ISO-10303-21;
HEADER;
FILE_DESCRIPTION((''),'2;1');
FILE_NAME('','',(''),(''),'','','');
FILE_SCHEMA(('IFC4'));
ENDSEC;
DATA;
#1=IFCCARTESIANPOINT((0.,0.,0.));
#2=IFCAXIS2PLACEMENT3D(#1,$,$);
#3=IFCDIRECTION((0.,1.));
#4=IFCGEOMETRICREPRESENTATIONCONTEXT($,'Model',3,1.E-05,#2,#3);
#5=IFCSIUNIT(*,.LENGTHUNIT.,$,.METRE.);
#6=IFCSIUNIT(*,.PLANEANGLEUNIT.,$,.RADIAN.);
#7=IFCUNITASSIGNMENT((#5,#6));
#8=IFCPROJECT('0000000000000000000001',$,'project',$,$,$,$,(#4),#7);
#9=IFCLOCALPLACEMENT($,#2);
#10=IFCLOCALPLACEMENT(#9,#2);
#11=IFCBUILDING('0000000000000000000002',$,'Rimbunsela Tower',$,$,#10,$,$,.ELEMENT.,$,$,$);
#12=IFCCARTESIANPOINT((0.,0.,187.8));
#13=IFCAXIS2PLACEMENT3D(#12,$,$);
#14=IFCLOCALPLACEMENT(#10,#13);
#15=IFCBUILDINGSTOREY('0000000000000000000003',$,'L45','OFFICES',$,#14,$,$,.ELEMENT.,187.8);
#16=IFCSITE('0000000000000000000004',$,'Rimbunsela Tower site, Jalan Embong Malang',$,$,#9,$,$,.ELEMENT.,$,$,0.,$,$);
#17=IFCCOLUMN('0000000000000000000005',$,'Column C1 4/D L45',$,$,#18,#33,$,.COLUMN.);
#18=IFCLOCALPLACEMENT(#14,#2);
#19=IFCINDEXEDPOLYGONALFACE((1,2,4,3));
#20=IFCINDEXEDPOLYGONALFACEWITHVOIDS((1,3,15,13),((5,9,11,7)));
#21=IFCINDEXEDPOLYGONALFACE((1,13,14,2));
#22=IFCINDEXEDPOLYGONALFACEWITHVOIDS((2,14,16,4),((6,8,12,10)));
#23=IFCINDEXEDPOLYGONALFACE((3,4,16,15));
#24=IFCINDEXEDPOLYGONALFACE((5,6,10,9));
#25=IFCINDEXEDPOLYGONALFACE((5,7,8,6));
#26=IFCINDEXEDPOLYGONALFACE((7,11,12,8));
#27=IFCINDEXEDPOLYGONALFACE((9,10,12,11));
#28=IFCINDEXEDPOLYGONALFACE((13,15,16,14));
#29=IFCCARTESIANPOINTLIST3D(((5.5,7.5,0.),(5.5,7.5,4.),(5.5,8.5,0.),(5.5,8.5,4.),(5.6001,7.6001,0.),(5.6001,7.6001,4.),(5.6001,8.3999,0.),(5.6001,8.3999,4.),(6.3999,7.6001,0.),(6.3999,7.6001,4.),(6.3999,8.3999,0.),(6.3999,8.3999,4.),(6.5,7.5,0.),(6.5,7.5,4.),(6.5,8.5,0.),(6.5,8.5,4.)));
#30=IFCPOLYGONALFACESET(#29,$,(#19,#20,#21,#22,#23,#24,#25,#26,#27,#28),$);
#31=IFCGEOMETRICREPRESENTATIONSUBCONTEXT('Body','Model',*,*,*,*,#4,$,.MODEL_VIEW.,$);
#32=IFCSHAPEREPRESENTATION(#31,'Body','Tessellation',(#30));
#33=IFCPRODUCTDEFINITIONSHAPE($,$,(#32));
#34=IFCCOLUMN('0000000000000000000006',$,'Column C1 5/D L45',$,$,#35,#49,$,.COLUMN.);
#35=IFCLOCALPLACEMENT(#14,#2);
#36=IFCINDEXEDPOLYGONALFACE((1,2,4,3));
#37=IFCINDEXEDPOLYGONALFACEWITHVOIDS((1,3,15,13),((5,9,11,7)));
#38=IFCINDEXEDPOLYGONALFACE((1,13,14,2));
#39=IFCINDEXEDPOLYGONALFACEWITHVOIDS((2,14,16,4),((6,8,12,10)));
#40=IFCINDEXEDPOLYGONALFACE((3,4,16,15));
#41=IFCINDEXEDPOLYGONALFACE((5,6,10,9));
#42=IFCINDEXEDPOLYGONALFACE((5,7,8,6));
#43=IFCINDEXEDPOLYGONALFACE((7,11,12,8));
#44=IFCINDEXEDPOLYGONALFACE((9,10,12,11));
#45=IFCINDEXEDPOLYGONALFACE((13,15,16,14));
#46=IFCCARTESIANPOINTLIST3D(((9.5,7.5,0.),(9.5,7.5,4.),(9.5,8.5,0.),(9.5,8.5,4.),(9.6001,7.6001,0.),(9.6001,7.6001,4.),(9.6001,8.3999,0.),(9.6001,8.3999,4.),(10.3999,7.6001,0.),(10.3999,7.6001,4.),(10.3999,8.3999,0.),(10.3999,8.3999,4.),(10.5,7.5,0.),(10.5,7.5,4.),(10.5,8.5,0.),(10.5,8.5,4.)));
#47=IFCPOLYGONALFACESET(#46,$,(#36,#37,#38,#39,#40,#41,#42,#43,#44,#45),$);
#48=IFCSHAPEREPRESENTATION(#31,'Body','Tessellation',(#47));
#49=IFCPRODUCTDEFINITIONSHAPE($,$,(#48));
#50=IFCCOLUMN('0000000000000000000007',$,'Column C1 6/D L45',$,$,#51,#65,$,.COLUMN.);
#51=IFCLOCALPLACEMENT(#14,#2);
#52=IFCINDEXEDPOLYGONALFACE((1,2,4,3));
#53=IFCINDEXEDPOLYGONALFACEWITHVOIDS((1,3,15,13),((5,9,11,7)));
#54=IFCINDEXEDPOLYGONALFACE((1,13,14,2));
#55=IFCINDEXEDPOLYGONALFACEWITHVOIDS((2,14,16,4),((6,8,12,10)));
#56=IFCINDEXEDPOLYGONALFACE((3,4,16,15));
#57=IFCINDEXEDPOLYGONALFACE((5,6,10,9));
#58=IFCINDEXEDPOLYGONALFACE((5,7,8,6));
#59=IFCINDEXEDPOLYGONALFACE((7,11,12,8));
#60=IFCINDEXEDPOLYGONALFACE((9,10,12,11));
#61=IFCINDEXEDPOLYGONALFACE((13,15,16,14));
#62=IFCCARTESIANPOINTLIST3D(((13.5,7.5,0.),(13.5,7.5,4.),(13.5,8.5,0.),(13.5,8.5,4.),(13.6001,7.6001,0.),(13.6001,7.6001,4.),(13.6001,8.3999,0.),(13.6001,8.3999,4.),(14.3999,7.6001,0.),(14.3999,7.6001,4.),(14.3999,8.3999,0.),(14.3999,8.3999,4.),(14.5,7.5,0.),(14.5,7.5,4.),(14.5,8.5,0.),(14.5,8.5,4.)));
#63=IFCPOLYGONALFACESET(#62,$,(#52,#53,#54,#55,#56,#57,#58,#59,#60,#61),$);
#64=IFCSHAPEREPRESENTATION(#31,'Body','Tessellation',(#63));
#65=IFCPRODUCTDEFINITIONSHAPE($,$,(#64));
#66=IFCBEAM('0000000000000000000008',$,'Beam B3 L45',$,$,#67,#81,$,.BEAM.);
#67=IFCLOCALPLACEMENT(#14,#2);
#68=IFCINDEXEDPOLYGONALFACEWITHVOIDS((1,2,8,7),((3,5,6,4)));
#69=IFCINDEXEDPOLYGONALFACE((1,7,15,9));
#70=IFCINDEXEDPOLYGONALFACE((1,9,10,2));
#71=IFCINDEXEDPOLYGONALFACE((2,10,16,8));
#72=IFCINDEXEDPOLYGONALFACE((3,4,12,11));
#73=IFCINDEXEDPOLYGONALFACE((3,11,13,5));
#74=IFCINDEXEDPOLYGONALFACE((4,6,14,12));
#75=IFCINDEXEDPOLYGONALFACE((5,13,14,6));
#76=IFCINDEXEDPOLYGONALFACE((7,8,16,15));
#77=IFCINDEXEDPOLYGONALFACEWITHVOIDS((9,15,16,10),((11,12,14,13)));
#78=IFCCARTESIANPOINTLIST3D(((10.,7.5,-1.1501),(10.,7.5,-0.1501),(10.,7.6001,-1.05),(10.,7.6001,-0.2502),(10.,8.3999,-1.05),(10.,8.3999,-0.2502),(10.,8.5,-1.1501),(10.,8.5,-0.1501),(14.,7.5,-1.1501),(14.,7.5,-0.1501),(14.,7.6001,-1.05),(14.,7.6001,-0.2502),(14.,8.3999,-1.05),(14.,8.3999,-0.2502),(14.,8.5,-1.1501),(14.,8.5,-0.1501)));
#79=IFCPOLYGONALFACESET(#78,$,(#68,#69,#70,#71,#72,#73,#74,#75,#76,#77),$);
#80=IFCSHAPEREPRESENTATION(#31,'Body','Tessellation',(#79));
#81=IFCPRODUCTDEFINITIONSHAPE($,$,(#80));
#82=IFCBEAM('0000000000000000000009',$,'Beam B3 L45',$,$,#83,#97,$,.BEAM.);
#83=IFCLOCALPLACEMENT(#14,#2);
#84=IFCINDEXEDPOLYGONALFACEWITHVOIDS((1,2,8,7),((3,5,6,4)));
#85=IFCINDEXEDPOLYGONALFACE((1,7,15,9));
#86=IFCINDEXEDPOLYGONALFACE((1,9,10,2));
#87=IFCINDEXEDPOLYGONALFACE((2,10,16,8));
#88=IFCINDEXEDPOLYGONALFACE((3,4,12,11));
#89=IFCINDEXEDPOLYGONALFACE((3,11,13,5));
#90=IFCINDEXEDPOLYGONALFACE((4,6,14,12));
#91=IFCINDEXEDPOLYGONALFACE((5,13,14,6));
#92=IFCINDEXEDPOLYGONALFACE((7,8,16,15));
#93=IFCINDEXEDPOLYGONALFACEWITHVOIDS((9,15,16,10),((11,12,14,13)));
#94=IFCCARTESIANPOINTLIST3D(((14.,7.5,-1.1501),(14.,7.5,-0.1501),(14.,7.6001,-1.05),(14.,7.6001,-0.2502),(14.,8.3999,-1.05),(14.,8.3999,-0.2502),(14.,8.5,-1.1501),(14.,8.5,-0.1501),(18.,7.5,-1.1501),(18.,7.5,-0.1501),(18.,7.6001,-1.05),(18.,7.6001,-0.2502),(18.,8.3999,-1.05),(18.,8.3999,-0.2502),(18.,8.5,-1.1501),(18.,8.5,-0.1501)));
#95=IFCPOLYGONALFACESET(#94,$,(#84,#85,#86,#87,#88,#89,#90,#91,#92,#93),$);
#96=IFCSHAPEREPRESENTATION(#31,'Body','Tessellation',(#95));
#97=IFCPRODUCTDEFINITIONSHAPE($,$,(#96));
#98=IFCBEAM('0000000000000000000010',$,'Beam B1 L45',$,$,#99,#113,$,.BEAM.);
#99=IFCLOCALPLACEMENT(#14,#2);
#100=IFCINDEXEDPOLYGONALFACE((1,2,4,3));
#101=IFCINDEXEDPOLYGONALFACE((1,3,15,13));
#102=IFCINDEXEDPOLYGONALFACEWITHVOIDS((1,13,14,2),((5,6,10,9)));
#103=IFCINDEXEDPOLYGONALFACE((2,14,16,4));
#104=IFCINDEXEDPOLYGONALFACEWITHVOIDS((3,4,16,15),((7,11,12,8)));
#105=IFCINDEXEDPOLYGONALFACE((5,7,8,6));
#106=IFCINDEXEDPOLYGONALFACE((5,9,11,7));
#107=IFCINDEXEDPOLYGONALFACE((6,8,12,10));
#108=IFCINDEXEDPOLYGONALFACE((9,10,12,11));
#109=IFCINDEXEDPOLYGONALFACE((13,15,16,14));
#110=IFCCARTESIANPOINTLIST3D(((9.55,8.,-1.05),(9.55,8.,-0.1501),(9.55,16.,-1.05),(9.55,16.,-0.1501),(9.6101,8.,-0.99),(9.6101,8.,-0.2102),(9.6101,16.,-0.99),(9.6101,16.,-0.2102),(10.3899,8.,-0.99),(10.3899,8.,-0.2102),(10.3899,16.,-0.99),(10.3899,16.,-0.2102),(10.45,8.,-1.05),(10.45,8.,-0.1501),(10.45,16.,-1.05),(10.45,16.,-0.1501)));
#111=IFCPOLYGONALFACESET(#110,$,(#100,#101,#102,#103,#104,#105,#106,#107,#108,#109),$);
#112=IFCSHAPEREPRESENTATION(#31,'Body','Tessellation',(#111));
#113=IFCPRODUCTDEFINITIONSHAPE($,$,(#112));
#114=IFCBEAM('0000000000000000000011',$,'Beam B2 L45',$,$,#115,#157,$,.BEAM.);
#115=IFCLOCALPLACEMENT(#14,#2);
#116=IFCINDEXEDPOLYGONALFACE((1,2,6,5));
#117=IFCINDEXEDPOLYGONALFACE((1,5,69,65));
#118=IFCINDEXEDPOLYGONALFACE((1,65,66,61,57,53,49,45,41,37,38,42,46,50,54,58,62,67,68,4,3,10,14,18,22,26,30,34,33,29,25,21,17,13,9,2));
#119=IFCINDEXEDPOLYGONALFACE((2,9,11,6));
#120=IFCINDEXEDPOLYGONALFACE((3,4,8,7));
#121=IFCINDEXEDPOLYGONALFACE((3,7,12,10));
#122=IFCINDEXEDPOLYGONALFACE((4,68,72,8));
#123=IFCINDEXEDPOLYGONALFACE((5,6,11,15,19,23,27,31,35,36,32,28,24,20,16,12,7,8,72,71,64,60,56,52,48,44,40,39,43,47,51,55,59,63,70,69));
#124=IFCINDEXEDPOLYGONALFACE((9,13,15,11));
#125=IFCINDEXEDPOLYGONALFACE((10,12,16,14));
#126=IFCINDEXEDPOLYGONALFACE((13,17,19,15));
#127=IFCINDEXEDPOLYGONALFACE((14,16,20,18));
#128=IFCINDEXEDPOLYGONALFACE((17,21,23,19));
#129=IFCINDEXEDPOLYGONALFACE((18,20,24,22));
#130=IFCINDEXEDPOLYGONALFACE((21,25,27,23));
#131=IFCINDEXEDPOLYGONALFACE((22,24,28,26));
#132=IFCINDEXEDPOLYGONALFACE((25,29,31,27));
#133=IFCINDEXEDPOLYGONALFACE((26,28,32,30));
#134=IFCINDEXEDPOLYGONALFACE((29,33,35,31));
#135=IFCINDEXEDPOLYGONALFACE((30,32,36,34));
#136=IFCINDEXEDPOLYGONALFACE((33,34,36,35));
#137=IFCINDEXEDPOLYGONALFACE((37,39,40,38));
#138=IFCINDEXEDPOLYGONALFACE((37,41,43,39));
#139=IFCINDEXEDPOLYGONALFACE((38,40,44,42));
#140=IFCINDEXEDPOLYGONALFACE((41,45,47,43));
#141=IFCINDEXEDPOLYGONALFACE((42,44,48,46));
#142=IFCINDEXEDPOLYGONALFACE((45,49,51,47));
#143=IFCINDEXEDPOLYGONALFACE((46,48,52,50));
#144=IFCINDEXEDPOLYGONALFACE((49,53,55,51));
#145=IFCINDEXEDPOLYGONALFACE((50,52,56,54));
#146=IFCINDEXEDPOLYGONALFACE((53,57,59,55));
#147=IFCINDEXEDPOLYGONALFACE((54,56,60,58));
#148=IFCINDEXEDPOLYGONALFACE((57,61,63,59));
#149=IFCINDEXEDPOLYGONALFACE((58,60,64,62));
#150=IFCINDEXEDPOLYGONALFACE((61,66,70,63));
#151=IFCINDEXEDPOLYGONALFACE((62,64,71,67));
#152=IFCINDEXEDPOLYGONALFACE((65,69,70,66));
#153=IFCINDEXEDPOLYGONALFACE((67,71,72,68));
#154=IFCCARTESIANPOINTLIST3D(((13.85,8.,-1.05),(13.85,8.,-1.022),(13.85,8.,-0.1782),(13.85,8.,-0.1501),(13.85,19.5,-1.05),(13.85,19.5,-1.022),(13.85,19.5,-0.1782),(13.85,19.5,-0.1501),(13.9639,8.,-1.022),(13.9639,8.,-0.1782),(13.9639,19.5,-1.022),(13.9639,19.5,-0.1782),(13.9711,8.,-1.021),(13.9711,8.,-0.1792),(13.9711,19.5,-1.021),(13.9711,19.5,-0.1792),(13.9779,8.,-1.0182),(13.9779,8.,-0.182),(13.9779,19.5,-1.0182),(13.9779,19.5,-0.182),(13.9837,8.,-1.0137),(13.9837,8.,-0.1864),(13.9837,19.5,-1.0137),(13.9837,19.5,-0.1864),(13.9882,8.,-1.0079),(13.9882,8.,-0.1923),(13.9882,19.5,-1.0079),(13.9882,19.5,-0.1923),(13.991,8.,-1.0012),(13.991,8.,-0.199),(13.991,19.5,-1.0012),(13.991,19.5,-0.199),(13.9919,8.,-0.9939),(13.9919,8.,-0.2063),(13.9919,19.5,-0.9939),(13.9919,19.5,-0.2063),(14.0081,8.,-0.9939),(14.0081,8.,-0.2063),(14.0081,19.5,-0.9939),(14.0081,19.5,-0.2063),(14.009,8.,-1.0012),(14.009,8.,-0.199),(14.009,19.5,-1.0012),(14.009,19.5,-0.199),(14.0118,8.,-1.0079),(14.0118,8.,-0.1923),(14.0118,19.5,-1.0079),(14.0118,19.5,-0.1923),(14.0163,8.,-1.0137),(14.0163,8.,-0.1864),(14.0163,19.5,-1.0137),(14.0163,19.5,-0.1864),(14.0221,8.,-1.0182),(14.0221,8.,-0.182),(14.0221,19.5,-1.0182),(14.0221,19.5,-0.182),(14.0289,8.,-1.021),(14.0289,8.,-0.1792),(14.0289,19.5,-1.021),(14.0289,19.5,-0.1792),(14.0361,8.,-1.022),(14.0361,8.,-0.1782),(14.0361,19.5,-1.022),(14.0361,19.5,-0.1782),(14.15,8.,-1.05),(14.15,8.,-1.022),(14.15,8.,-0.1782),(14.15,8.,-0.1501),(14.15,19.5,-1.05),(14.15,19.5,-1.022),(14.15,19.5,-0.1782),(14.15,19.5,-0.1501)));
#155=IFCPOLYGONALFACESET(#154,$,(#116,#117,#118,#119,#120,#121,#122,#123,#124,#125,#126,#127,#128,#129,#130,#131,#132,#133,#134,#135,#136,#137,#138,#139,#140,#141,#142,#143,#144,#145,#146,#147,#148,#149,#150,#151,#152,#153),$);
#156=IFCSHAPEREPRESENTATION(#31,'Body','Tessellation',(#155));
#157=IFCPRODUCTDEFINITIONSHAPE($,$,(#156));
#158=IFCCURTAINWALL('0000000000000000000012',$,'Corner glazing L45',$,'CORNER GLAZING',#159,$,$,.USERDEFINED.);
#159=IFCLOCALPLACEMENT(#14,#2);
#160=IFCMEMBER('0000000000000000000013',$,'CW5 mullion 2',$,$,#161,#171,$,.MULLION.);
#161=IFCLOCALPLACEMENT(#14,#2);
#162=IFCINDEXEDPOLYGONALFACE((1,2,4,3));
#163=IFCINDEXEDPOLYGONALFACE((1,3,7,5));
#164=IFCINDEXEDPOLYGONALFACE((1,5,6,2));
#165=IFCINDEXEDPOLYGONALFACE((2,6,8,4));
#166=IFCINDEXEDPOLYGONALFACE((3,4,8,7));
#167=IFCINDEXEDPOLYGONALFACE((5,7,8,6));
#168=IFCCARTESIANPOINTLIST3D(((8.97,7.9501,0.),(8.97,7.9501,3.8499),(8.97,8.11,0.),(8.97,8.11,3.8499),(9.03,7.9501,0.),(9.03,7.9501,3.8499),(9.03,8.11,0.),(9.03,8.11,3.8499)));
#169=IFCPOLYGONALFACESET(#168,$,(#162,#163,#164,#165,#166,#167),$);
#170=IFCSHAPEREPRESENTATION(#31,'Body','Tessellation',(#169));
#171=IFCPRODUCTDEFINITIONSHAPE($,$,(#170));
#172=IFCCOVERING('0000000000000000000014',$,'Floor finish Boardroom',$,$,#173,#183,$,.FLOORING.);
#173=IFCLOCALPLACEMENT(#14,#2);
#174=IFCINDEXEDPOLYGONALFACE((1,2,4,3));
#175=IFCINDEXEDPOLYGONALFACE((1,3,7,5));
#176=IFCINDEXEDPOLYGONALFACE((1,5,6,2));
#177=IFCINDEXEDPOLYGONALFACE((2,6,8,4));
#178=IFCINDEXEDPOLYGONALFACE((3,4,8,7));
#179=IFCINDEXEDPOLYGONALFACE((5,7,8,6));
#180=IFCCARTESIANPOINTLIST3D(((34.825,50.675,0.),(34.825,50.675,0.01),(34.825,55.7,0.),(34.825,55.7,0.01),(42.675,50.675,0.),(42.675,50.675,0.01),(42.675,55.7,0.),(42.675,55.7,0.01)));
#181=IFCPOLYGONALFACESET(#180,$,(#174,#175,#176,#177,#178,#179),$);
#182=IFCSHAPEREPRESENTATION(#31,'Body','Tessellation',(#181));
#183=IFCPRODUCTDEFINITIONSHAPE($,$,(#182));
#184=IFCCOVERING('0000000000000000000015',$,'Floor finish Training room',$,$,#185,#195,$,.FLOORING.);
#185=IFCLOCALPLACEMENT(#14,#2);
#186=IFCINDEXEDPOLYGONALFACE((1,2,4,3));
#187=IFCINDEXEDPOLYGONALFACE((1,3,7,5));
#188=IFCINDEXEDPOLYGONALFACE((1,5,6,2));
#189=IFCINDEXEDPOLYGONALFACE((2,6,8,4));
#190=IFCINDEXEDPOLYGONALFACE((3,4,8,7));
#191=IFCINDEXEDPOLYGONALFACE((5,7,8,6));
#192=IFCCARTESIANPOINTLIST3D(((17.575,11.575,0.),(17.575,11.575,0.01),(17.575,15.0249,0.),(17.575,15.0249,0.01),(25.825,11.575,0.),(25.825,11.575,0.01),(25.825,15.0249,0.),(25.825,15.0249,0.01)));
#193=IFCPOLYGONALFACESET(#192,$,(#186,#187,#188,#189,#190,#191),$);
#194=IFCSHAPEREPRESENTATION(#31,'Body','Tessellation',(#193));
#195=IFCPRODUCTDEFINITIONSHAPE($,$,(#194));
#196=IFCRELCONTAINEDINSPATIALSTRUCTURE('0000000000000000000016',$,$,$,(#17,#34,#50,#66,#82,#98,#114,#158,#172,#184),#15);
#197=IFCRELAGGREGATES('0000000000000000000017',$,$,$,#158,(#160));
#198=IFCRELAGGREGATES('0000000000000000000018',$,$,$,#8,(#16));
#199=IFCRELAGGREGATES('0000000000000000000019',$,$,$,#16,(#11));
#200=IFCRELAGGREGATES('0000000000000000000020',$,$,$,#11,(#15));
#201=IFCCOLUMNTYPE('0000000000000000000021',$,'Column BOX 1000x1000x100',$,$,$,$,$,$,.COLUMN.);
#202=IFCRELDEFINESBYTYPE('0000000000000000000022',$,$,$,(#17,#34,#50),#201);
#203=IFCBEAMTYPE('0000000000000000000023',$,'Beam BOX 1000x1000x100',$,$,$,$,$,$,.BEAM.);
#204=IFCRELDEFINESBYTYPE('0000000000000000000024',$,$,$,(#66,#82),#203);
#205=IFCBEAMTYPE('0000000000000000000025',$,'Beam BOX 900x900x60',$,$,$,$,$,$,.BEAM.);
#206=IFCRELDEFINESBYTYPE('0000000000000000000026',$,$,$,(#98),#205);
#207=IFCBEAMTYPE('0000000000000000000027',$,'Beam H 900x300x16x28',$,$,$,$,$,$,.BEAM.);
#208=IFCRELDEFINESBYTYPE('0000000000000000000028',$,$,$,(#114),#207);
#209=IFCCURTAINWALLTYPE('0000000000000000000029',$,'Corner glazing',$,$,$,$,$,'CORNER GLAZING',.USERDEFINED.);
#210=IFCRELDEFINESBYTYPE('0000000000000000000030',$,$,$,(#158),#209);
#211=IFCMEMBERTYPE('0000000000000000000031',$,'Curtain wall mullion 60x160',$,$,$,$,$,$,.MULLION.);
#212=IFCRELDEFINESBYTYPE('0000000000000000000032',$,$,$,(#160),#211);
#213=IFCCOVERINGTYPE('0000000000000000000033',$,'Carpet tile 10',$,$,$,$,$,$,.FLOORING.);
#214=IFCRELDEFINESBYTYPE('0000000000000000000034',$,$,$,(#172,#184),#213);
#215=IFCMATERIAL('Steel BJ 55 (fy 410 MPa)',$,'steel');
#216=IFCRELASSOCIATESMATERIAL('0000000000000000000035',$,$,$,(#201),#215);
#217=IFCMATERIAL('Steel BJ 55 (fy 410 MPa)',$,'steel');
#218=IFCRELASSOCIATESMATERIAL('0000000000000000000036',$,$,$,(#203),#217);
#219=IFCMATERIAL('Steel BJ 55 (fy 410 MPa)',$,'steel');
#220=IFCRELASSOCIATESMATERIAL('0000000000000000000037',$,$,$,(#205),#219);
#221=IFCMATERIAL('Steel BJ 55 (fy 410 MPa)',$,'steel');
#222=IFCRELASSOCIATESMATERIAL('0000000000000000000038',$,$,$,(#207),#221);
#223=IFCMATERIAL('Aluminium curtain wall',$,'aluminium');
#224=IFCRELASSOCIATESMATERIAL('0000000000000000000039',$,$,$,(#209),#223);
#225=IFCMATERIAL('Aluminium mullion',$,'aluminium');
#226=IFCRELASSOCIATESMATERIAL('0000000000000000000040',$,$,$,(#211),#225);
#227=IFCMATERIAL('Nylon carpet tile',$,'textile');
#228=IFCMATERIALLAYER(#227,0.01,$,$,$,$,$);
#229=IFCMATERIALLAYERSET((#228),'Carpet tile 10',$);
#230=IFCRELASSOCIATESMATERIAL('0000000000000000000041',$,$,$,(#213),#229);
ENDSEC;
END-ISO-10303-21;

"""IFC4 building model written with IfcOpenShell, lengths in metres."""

from ifc_helpers import new_model, si_unit, direction, frame, origin, origin_2d, place, context, subcontext, project, spatial, polyline, rectangle, hollow_rectangle, i_section, outline, extrude, material, layer, layer_set, material_profile, profile_set, type_object, element, aggregate, save


model = new_model("IFC4")

# Units and contexts
model_context = context("Model", 3, precision=1e-05, world=origin(), true_north=direction((0.0, 1.0)))
body_context = subcontext(model_context, "Body", "Model", "MODEL_VIEW")
ifc_project = project(units=[si_unit("LENGTHUNIT", "METRE"), si_unit("PLANEANGLEUNIT", "RADIAN")], contexts=[model_context])

# Site, building, storey
site_placement = place(None, origin())
site = spatial("IfcSite", under=ifc_project, at=site_placement, Name="Rimbunsela Tower site, Jalan Embong Malang", CompositionType="ELEMENT", RefElevation=0.0)
building_placement = place(site_placement, origin())
building = spatial("IfcBuilding", under=site, at=building_placement, Name="Rimbunsela Tower", CompositionType="ELEMENT")
storey_placement = place(building_placement, frame((0.0, 0.0, 187.8)))
storey = spatial("IfcBuildingStorey", under=building, at=storey_placement, Name="L45", Description="OFFICES", CompositionType="ELEMENT", Elevation=187.8)

# Columns
ifc_material_1 = material(Name="Steel BJ 55 (fy 410 MPa)", Category="steel")
ifc_material_profile_1 = material_profile(ifc_material_1, hollow_rectangle(XDim=1.0, YDim=1.0, WallThickness=0.1001, at=origin_2d()), Name="BOX 1000x1000x100")
ifc_profile_set_1 = profile_set([ifc_material_profile_1], Name="Steel BJ 55 (fy 410 MPa)")
column_type = type_object("IfcColumnType", Name="Column BOX 1000x1000x100", PredefinedType="COLUMN", material=ifc_profile_set_1)
for number, where, z_axis, x_axis, name in (
    (1, (6.0, 8.0, 0.0), (0.0, 0.0, 1.0), (1.0, 0.0, 0.0), "Column C1 4/D L45"),
    (2, (10.0, 8.0, 0.0), (0.0, 0.0, 1.0), (1.0, 0.0, 0.0), "Column C1 5/D L45"),
    (3, (14.0, 8.0, 0.0), (0.0, 0.0, 1.0), (1.0, 0.0, 0.0), "Column C1 6/D L45"),
):
    element("IfcColumn", number, at=place(storey_placement, frame(where, z_axis=z_axis, x_axis=x_axis)), inside=storey, type_object=column_type, Name=name, PredefinedType="COLUMN", context=body_context, shape_type="SweptSolid", body=[
        extrude(hollow_rectangle(XDim=1.0, YDim=1.0, WallThickness=0.1001, at=origin_2d()), origin(), (0.0, 0.0, 1.0), 4.0),
    ])

# Beams
ifc_material_2 = material(Name="Steel BJ 55 (fy 410 MPa)", Category="steel")
ifc_material_profile_2 = material_profile(ifc_material_2, hollow_rectangle(XDim=1.0, YDim=1.0, WallThickness=0.1001, at=origin_2d()), Name="BOX 1000x1000x100")
ifc_profile_set_2 = profile_set([ifc_material_profile_2], Name="Steel BJ 55 (fy 410 MPa)")
beam_type_1 = type_object("IfcBeamType", Name="Beam BOX 1000x1000x100", PredefinedType="BEAM", material=ifc_profile_set_2)
for number, where, z_axis, x_axis, name in (
    (4, (10.0, 8.0, -0.6501), (1.0, 0.0, 0.0), (0.0, 1.0, 0.0), "Beam B3 L45"),
    (5, (14.0, 8.0, -0.6501), (1.0, 0.0, 0.0), (0.0, 1.0, 0.0), "Beam B3 L45"),
):
    element("IfcBeam", number, at=place(storey_placement, frame(where, z_axis=z_axis, x_axis=x_axis)), inside=storey, type_object=beam_type_1, Name=name, PredefinedType="BEAM", context=body_context, shape_type="SweptSolid", body=[
        extrude(hollow_rectangle(XDim=1.0, YDim=1.0, WallThickness=0.1001, at=origin_2d()), origin(), (0.0, 0.0, 1.0), 4.0),
    ])
ifc_material_3 = material(Name="Steel BJ 55 (fy 410 MPa)", Category="steel")
ifc_material_profile_3 = material_profile(ifc_material_3, hollow_rectangle(XDim=0.8999, YDim=0.8999, WallThickness=0.0601, at=origin_2d()), Name="BOX 900x900x60")
ifc_profile_set_3 = profile_set([ifc_material_profile_3], Name="Steel BJ 55 (fy 410 MPa)")
beam_type_2 = type_object("IfcBeamType", Name="Beam BOX 900x900x60", PredefinedType="BEAM", material=ifc_profile_set_3)
beam_1_placement = place(storey_placement, frame((10.0, 8.0, -0.6001), z_axis=(0.0, 1.0, 0.0), x_axis=(-1.0, 0.0, 0.0)))
element("IfcBeam", 6, at=beam_1_placement, inside=storey, type_object=beam_type_2, Name="Beam B1 L45", PredefinedType="BEAM", context=body_context, shape_type="SweptSolid", body=[
    extrude(hollow_rectangle(XDim=0.8999, YDim=0.8999, WallThickness=0.0601, at=origin_2d()), origin(), (0.0, 0.0, 1.0), 8.0),
])
ifc_material_4 = material(Name="Steel BJ 55 (fy 410 MPa)", Category="steel")
ifc_material_profile_4 = material_profile(ifc_material_4, i_section(OverallWidth=0.3, OverallDepth=0.8999, WebThickness=0.0161, FlangeThickness=0.0281, FilletRadius=0.0281, at=origin_2d()), Name="H 900x300x16x28")
ifc_profile_set_4 = profile_set([ifc_material_profile_4], Name="Steel BJ 55 (fy 410 MPa)")
beam_type_3 = type_object("IfcBeamType", Name="Beam H 900x300x16x28", PredefinedType="BEAM", material=ifc_profile_set_4)
beam_2_placement = place(storey_placement, frame((14.0, 8.0, -0.6001), z_axis=(0.0, 1.0, 0.0), x_axis=(-1.0, 0.0, 0.0)))
element("IfcBeam", 7, at=beam_2_placement, inside=storey, type_object=beam_type_3, Name="Beam B2 L45", PredefinedType="BEAM", context=body_context, shape_type="SweptSolid", body=[
    extrude(i_section(OverallWidth=0.3, OverallDepth=0.8999, WebThickness=0.0161, FlangeThickness=0.0281, FilletRadius=0.0281, at=origin_2d()), origin(), (0.0, 0.0, 1.0), 11.5),
])

# Curtain wall, member
ifc_material_5 = material(Name="Aluminium curtain wall", Category="aluminium")
curtain_wall_type = type_object("IfcCurtainWallType", Name="Corner glazing", ElementType="CORNER GLAZING", PredefinedType="USERDEFINED", material=ifc_material_5)
curtain_wall_placement = place(storey_placement, origin())
curtain_wall = element("IfcCurtainWall", 8, at=curtain_wall_placement, inside=storey, type_object=curtain_wall_type, Name="Corner glazing L45", ObjectType="CORNER GLAZING", PredefinedType="USERDEFINED")
ifc_material_6 = material(Name="Aluminium mullion", Category="aluminium")
ifc_material_profile_5 = material_profile(ifc_material_6, rectangle(XDim=0.0601, YDim=0.1599, at=origin_2d()), Name="Mullion 60x160")
ifc_profile_set_5 = profile_set([ifc_material_profile_5], Name="Aluminium mullion")
member_type = type_object("IfcMemberType", Name="Curtain wall mullion 60x160", PredefinedType="MULLION", material=ifc_profile_set_5)
member_placement = place(storey_placement, frame((9.0, 8.03, 0.0), z_axis=(0.0, 0.0, 1.0), x_axis=(1.0, 0.0, 0.0)))
member = element("IfcMember", 9, at=member_placement, type_object=member_type, Name="CW5 mullion 2", PredefinedType="MULLION", context=body_context, shape_type="SweptSolid", body=[
    extrude(rectangle(XDim=0.0601, YDim=0.1599, at=origin_2d()), origin(), (0.0, 0.0, 1.0), 3.8499),
])
aggregate(curtain_wall, [member])

# Coverings
ifc_material_7 = material(Name="Nylon carpet tile", Category="textile")
ifc_layer_1 = layer(ifc_material_7, 0.01)
ifc_layer_set_1 = layer_set([ifc_layer_1], Name="Carpet tile 10")
covering_type_1 = type_object("IfcCoveringType", Name="Carpet tile 10", PredefinedType="FLOORING", material=ifc_layer_set_1)
covering_1_placement = place(storey_placement, origin())
element("IfcCovering", 10, at=covering_1_placement, inside=storey, type_object=covering_type_1, Name="Floor finish Boardroom", PredefinedType="FLOORING", context=body_context, shape_type="SweptSolid", body=[
    extrude(outline(polyline([(42.675, 50.675), (42.675, 55.7), (34.825, 55.7), (34.825, 50.675), (42.675, 50.675)])), origin(), (0.0, 0.0, 1.0), 0.01),
])
covering_2_placement = place(storey_placement, origin())
element("IfcCovering", 11, at=covering_2_placement, inside=storey, type_object=covering_type_1, Name="Floor finish Training room", PredefinedType="FLOORING", context=body_context, shape_type="SweptSolid", body=[
    extrude(outline(polyline([(25.825, 11.575), (25.825, 15.0249), (17.575, 15.0249), (17.575, 11.575), (25.825, 11.575)])), origin(), (0.0, 0.0, 1.0), 0.01),
])

save(model, "model.ifc")
